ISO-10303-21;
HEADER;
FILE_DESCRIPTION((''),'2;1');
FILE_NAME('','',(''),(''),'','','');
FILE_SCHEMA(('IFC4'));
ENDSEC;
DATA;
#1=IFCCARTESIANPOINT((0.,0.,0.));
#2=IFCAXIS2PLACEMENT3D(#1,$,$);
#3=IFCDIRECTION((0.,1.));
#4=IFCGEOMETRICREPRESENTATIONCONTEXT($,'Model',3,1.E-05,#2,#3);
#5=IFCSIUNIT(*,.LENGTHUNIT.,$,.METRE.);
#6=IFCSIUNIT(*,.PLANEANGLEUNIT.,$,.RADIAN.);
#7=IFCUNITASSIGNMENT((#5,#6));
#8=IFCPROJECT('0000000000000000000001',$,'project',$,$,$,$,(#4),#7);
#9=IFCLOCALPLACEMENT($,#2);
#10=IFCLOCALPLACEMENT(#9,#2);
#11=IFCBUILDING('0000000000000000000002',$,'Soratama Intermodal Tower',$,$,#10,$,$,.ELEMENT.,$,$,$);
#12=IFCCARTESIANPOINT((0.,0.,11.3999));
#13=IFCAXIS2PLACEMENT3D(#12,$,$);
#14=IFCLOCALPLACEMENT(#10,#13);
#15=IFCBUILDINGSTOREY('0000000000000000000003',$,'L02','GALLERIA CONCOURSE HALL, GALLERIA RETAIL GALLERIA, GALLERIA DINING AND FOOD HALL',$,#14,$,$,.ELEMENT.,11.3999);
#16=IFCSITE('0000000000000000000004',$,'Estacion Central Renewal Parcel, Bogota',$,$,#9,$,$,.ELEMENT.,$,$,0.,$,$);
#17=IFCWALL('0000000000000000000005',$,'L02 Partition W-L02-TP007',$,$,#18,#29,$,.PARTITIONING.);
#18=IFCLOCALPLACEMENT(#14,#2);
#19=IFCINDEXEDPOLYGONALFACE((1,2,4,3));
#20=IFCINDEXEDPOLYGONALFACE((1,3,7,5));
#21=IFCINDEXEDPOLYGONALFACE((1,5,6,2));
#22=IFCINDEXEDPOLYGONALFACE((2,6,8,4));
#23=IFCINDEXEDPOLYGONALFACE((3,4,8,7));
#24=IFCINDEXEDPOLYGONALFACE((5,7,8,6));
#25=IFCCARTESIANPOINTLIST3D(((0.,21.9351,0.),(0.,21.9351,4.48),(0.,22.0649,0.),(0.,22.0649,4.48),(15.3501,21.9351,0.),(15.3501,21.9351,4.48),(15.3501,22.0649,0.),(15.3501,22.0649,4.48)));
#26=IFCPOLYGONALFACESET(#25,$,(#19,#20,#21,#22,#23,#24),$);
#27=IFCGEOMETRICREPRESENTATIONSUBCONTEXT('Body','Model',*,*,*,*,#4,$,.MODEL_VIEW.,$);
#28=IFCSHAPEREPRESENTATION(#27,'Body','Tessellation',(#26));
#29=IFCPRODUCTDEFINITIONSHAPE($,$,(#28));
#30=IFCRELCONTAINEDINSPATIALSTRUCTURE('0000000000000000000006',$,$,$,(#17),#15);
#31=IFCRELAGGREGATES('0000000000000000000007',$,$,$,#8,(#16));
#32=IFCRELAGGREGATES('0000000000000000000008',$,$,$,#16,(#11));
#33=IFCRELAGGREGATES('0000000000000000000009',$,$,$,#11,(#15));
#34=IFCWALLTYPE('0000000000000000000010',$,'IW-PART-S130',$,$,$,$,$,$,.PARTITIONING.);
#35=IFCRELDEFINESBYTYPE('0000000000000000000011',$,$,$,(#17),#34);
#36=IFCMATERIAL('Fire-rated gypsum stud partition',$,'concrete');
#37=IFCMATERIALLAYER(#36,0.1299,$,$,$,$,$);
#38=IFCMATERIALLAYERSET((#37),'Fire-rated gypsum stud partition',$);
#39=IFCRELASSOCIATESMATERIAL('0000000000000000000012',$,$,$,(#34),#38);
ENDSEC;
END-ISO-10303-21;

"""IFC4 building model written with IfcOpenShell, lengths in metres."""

from ifc_helpers import new_model, si_unit, direction, frame, frame_2d, origin, place, context, subcontext, project, spatial, rectangle, extrude, material, layer, layer_set, type_object, element, save


model = new_model("IFC4")

# Units and contexts
model_context = context("Model", 3, precision=1e-05, world=origin(), true_north=direction((0.0, 1.0)))
body_context = subcontext(model_context, "Body", "Model", "MODEL_VIEW")
ifc_project = project(units=[si_unit("LENGTHUNIT", "METRE"), si_unit("PLANEANGLEUNIT", "RADIAN")], contexts=[model_context])

# Site, building, storey
site_placement = place(None, origin())
site = spatial("IfcSite", under=ifc_project, at=site_placement, Name="Estacion Central Renewal Parcel, Bogota", CompositionType="ELEMENT", RefElevation=0.0)
building_placement = place(site_placement, origin())
building = spatial("IfcBuilding", under=site, at=building_placement, Name="Soratama Intermodal Tower", CompositionType="ELEMENT")
storey_placement = place(building_placement, frame((0.0, 0.0, 11.3999)))
storey = spatial("IfcBuildingStorey", under=building, at=storey_placement, Name="L02", Description="GALLERIA CONCOURSE HALL, GALLERIA RETAIL GALLERIA, GALLERIA DINING AND FOOD HALL", CompositionType="ELEMENT", Elevation=11.3999)

# Wall
ifc_material_1 = material(Name="Fire-rated gypsum stud partition", Category="concrete")
ifc_layer_1 = layer(ifc_material_1, 0.1299)
ifc_layer_set_1 = layer_set([ifc_layer_1], Name="Fire-rated gypsum stud partition")
wall_type = type_object("IfcWallType", Name="IW-PART-S130", PredefinedType="PARTITIONING", material=ifc_layer_set_1)
wall_placement = place(storey_placement, frame((0.0, 22.0, 0.0), z_axis=(0.0, 0.0, 1.0), x_axis=(1.0, 0.0, 0.0)))
element("IfcWall", 1, at=wall_placement, inside=storey, type_object=wall_type, Name="L02 Partition W-L02-TP007", PredefinedType="PARTITIONING", context=body_context, shape_type="SweptSolid", body=[
    extrude(rectangle(XDim=15.3501, YDim=0.1299, at=frame_2d((7.675, 0.0))), origin(), (0.0, 0.0, 1.0), 4.48),
])

save(model, "model.ifc")
